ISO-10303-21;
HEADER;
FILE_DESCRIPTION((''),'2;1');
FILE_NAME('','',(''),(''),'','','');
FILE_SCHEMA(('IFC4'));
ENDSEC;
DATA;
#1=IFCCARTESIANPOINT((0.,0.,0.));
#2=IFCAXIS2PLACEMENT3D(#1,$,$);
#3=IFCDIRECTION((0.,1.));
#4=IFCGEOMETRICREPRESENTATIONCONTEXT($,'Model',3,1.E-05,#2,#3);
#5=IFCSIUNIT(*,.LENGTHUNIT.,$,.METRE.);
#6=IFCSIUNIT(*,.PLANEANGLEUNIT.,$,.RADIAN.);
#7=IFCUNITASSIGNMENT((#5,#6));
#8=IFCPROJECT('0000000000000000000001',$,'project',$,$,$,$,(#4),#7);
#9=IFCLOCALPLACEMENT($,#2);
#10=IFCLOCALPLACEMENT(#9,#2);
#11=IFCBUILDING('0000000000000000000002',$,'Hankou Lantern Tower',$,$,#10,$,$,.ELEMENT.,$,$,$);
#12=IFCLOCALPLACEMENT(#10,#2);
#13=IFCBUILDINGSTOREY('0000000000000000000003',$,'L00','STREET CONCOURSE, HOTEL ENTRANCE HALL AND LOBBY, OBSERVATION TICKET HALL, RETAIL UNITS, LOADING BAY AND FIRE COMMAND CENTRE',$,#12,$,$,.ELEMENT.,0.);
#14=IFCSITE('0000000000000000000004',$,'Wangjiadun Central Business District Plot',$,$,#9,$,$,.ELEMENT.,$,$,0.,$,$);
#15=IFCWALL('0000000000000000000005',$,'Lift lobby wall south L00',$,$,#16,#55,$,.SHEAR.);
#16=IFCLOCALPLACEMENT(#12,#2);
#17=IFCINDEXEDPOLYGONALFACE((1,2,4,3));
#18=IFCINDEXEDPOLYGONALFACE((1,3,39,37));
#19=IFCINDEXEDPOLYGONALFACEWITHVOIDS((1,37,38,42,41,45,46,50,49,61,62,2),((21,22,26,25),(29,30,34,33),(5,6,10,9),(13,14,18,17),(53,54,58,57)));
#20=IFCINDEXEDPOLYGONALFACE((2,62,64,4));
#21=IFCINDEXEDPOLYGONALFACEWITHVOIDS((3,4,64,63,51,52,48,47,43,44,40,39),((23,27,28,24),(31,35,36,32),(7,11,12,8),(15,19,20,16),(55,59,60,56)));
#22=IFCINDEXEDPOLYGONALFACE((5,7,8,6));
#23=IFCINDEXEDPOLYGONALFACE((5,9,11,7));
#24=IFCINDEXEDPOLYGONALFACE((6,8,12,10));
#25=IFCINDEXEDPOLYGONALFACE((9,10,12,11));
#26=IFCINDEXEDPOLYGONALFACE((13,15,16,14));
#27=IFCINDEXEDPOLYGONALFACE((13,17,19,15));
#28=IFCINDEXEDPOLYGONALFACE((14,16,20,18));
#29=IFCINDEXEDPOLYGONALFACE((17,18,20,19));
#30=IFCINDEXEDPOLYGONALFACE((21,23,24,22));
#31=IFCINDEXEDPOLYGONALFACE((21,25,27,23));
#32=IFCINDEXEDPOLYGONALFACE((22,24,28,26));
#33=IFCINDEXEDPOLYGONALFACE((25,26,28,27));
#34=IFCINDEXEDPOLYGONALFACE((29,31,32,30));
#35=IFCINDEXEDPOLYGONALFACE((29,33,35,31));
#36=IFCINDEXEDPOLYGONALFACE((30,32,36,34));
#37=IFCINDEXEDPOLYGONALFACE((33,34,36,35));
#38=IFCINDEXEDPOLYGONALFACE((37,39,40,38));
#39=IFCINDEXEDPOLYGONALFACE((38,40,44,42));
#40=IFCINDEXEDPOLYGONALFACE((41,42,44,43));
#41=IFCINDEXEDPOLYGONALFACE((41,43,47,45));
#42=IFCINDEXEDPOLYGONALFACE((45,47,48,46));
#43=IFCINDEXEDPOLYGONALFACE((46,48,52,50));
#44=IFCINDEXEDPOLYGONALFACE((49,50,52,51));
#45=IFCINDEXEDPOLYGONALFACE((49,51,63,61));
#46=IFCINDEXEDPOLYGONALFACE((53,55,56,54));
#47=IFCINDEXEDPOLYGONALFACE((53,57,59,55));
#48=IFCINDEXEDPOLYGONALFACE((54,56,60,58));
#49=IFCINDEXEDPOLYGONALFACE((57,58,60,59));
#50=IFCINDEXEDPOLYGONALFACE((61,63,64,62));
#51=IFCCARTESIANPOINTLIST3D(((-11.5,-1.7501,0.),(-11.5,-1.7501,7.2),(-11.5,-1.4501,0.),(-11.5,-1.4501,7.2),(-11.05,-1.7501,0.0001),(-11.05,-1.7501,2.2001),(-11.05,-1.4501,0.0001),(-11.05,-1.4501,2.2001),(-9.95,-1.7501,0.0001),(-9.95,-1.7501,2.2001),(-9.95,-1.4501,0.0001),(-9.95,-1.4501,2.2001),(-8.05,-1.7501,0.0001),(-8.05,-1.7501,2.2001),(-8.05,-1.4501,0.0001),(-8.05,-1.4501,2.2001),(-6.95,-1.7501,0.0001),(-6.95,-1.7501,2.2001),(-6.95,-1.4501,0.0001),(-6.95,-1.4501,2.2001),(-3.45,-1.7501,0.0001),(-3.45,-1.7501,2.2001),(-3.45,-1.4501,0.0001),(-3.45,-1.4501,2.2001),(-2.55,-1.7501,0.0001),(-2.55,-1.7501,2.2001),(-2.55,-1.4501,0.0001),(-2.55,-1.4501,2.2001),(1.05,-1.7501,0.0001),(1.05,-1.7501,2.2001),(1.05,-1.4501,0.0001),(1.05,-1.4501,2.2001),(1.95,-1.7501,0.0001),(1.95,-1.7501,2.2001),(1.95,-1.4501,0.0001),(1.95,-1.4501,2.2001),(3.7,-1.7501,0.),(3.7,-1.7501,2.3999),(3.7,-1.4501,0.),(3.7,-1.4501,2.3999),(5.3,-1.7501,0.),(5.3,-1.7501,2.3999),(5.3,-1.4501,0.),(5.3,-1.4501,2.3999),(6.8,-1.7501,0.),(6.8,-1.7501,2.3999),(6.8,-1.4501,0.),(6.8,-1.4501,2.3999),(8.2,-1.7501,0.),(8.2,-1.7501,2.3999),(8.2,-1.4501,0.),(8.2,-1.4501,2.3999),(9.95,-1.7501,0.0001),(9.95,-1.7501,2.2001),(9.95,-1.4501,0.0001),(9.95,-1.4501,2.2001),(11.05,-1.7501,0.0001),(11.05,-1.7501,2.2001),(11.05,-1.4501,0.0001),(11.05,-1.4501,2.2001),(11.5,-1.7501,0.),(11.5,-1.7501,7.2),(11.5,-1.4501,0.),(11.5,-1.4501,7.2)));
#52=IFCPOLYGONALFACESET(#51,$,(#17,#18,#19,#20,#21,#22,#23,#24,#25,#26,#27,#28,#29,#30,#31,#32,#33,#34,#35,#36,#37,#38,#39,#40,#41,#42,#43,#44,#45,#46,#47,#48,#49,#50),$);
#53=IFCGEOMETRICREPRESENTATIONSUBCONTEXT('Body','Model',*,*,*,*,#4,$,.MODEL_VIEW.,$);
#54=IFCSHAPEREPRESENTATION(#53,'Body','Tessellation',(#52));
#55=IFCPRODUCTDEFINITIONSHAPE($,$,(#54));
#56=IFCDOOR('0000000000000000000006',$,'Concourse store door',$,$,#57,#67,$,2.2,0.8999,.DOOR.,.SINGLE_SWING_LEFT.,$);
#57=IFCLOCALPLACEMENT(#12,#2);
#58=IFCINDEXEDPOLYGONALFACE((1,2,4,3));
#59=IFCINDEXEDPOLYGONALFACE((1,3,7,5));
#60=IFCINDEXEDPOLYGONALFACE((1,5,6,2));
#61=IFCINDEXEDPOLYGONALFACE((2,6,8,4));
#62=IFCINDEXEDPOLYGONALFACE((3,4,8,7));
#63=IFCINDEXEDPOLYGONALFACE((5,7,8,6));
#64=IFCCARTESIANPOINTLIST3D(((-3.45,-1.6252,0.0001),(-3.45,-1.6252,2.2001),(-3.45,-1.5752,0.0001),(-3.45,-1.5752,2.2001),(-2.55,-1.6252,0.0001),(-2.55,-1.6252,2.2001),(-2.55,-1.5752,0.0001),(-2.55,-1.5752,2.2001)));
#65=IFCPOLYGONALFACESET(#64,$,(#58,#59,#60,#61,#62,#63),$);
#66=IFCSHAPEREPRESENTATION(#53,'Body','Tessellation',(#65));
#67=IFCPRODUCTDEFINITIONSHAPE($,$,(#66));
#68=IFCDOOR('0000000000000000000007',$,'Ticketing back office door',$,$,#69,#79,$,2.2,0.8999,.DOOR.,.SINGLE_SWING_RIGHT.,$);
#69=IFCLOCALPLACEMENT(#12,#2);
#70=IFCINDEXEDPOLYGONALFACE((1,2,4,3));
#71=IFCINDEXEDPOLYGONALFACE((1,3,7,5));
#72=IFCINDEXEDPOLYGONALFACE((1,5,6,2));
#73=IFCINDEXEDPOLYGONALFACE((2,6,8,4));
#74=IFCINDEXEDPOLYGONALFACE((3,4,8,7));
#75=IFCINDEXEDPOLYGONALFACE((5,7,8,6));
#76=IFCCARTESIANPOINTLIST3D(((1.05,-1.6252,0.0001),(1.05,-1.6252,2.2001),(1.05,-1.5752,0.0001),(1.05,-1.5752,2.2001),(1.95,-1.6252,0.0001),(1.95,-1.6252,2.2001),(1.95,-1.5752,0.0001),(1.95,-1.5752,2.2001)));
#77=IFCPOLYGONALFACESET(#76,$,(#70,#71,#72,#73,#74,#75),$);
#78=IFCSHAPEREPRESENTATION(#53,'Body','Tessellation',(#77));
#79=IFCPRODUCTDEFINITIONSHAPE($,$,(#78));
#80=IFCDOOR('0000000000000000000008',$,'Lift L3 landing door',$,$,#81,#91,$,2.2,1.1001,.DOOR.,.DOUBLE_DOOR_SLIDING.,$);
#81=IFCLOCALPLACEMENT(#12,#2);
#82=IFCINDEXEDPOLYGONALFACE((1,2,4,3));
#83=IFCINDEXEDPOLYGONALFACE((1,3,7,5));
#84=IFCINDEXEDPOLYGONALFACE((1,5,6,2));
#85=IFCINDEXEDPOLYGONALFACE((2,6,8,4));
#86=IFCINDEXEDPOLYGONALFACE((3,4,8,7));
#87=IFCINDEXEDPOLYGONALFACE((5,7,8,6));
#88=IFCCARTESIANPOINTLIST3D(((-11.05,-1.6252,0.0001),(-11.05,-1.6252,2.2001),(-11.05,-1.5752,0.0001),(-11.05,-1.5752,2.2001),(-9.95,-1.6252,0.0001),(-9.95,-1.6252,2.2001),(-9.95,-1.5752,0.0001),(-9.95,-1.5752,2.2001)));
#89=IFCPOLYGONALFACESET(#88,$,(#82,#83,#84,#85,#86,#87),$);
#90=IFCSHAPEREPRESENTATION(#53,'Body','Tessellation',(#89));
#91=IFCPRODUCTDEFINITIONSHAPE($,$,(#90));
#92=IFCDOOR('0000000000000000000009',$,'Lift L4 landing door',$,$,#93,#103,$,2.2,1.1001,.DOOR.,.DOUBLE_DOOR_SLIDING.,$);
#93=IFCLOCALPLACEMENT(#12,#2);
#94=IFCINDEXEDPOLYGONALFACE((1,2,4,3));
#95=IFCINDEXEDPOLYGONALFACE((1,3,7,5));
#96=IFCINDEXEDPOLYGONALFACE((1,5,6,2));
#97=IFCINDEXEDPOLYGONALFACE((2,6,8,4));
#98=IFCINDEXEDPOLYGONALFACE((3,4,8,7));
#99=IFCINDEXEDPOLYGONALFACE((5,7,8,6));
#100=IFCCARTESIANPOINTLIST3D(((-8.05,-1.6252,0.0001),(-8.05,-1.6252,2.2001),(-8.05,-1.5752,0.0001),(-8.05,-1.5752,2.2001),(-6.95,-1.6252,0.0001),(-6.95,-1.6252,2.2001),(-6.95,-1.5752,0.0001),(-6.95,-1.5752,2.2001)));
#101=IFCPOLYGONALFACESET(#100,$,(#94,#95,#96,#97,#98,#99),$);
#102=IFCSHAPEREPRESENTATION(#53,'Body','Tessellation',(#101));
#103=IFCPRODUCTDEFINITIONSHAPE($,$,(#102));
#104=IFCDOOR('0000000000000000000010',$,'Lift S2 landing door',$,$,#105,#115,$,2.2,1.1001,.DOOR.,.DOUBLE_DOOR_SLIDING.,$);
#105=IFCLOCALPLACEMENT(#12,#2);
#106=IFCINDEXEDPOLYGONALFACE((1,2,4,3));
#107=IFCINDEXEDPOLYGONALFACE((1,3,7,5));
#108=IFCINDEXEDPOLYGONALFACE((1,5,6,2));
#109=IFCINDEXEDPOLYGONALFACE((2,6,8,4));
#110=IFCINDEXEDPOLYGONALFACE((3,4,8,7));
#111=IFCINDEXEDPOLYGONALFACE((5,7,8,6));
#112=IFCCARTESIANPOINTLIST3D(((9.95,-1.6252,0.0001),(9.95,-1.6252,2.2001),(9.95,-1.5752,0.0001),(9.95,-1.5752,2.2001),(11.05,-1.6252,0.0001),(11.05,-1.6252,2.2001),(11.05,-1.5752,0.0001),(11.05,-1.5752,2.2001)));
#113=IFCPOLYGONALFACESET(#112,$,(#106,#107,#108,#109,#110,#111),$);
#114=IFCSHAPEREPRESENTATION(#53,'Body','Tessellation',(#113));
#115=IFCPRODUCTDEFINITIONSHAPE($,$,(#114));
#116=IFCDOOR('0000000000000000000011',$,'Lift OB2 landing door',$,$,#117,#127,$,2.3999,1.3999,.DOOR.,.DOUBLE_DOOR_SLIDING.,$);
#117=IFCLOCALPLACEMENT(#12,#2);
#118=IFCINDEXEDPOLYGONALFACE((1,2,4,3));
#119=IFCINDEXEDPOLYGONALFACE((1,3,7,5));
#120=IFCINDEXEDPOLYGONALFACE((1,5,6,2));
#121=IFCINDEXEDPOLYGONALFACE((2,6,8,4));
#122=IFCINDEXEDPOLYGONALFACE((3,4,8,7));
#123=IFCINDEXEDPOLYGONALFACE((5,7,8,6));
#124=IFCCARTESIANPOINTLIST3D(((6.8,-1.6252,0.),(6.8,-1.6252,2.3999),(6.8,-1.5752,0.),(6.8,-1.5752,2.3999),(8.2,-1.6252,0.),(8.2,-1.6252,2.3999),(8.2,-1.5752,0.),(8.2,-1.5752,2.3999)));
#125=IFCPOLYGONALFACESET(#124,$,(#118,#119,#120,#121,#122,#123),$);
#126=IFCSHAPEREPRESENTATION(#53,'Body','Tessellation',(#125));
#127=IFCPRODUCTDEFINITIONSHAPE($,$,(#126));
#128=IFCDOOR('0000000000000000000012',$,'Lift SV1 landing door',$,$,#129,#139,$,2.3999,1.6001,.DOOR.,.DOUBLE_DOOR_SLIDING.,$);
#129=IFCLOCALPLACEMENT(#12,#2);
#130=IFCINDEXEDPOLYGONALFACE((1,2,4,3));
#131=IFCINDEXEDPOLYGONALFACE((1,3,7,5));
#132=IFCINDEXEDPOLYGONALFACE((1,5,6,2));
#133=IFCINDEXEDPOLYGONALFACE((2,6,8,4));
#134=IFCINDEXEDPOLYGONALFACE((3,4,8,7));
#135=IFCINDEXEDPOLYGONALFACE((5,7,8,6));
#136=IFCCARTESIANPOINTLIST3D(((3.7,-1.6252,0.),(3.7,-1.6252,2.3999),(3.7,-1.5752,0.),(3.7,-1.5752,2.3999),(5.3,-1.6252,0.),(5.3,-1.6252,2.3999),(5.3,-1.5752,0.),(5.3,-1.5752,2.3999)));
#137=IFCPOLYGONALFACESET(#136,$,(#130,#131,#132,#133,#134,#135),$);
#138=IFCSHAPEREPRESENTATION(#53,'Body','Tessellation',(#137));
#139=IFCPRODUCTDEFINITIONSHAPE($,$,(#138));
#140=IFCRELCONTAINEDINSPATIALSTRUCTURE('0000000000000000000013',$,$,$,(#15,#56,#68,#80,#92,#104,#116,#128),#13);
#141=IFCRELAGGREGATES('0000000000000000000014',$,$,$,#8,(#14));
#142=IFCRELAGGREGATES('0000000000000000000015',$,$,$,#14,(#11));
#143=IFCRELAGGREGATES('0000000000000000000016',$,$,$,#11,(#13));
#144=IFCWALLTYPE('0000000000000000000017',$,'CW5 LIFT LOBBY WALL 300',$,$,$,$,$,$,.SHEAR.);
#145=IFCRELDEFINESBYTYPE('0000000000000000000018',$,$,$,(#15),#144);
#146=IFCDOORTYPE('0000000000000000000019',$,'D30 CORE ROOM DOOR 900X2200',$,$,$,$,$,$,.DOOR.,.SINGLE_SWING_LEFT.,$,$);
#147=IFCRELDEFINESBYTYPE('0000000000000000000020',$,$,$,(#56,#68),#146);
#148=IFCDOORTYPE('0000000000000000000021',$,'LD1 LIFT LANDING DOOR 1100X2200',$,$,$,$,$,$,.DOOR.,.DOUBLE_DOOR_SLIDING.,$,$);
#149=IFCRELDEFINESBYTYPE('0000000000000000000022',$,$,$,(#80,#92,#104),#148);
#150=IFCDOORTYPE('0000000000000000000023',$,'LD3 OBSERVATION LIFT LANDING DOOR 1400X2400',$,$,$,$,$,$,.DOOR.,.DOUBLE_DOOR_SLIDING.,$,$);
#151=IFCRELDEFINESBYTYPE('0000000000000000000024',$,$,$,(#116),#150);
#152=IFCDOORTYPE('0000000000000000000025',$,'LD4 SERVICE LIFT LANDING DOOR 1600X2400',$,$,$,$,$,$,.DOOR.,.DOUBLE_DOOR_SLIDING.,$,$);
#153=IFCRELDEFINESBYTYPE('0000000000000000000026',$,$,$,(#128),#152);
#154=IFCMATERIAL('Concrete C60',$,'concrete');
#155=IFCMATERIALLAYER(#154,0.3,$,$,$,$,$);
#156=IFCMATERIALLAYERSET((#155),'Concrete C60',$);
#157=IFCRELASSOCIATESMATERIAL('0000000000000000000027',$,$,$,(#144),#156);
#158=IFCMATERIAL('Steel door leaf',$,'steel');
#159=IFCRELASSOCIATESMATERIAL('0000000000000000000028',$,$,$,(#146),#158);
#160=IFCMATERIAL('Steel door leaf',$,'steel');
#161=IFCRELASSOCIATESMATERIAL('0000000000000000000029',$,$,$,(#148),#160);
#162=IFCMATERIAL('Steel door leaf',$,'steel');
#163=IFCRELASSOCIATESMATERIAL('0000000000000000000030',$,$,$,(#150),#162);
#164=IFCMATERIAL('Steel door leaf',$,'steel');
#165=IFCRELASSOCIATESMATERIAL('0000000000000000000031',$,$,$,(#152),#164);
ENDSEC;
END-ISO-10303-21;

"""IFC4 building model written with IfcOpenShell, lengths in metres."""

from ifc_helpers import new_model, si_unit, direction, frame, frame_2d, origin, place, context, subcontext, project, spatial, rectangle, extrude, material, layer, layer_set, type_object, element, fill, save


model = new_model("IFC4")

# Units and contexts
model_context = context("Model", 3, precision=1e-05, world=origin(), true_north=direction((0.0, 1.0)))
body_context = subcontext(model_context, "Body", "Model", "MODEL_VIEW")
ifc_project = project(units=[si_unit("LENGTHUNIT", "METRE"), si_unit("PLANEANGLEUNIT", "RADIAN")], contexts=[model_context])

# Site, building, storey
site_placement = place(None, origin())
site = spatial("IfcSite", under=ifc_project, at=site_placement, Name="Wangjiadun Central Business District Plot", CompositionType="ELEMENT", RefElevation=0.0)
building_placement = place(site_placement, origin())
building = spatial("IfcBuilding", under=site, at=building_placement, Name="Hankou Lantern Tower", CompositionType="ELEMENT")
storey_placement = place(building_placement, origin())
storey = spatial("IfcBuildingStorey", under=building, at=storey_placement, Name="L00", Description="STREET CONCOURSE, HOTEL ENTRANCE HALL AND LOBBY, OBSERVATION TICKET HALL, RETAIL UNITS, LOADING BAY AND FIRE COMMAND CENTRE", CompositionType="ELEMENT", Elevation=0.0)

# Wall, openings, doors
ifc_material_1 = material(Name="Concrete C60", Category="concrete")
ifc_layer_1 = layer(ifc_material_1, 0.3)
ifc_layer_set_1 = layer_set([ifc_layer_1], Name="Concrete C60")
wall_type_1 = type_object("IfcWallType", Name="CW5 LIFT LOBBY WALL 300", PredefinedType="SHEAR", material=ifc_layer_set_1)
wall_1_placement = place(storey_placement, frame((-11.5, -1.6001, 0.0), z_axis=(0.0, 0.0, 1.0), x_axis=(1.0, 0.0, 0.0)))
wall_1 = element("IfcWall", 1, at=wall_1_placement, inside=storey, type_object=wall_type_1, Name="Lift lobby wall south L00", PredefinedType="SHEAR", context=body_context, shape_type="SweptSolid", body=[
    extrude(rectangle(XDim=23.0, YDim=0.3, at=frame_2d((11.5, 0.0))), origin(), (0.0, 0.0, 1.0), 7.2),
])
opening_1_placement = place(wall_1_placement, frame((0.45, 0.0, 0.0)))
opening_1 = element("IfcOpeningElement", 2, at=opening_1_placement, cuts=wall_1, PredefinedType="OPENING", context=body_context, shape_type="SweptSolid", body=[
    extrude(rectangle(XDim=1.1001, YDim=2.2, at=frame_2d((0.55, 1.1001))), frame((0.0, 0.1599, 0.0), z_axis=(0.0, -1.0, 0.0), x_axis=(1.0, 0.0, 0.0)), (0.0, 0.0, 1.0), 0.3201),
])
opening_2_placement = place(wall_1_placement, frame((3.45, 0.0, 0.0)))
opening_2 = element("IfcOpeningElement", 3, at=opening_2_placement, cuts=wall_1, PredefinedType="OPENING", context=body_context, shape_type="SweptSolid", body=[
    extrude(rectangle(XDim=1.1001, YDim=2.2, at=frame_2d((0.55, 1.1001))), frame((0.0, 0.1599, 0.0), z_axis=(0.0, -1.0, 0.0), x_axis=(1.0, 0.0, 0.0)), (0.0, 0.0, 1.0), 0.3201),
])
opening_3_placement = place(wall_1_placement, frame((15.2, 0.0, 0.0)))
opening_3 = element("IfcOpeningElement", 4, at=opening_3_placement, cuts=wall_1, PredefinedType="OPENING", context=body_context, shape_type="SweptSolid", body=[
    extrude(rectangle(XDim=1.6001, YDim=2.3999, at=frame_2d((0.8, 1.2))), frame((0.0, 0.1599, 0.0), z_axis=(0.0, -1.0, 0.0), x_axis=(1.0, 0.0, 0.0)), (0.0, 0.0, 1.0), 0.3201),
])
opening_4_placement = place(wall_1_placement, frame((18.3, 0.0, 0.0)))
opening_4 = element("IfcOpeningElement", 5, at=opening_4_placement, cuts=wall_1, PredefinedType="OPENING", context=body_context, shape_type="SweptSolid", body=[
    extrude(rectangle(XDim=1.3999, YDim=2.3999, at=frame_2d((0.7, 1.2))), frame((0.0, 0.1599, 0.0), z_axis=(0.0, -1.0, 0.0), x_axis=(1.0, 0.0, 0.0)), (0.0, 0.0, 1.0), 0.3201),
])
opening_5_placement = place(wall_1_placement, frame((21.45, 0.0, 0.0)))
opening_5 = element("IfcOpeningElement", 6, at=opening_5_placement, cuts=wall_1, PredefinedType="OPENING", context=body_context, shape_type="SweptSolid", body=[
    extrude(rectangle(XDim=1.1001, YDim=2.2, at=frame_2d((0.55, 1.1001))), frame((0.0, 0.1599, 0.0), z_axis=(0.0, -1.0, 0.0), x_axis=(1.0, 0.0, 0.0)), (0.0, 0.0, 1.0), 0.3201),
])
opening_6_placement = place(wall_1_placement, frame((8.05, 0.0, 0.0)))
opening_6 = element("IfcOpeningElement", 7, at=opening_6_placement, cuts=wall_1, PredefinedType="OPENING", context=body_context, shape_type="SweptSolid", body=[
    extrude(rectangle(XDim=0.8999, YDim=2.2, at=frame_2d((0.45, 1.1001))), frame((0.0, 0.1599, 0.0), z_axis=(0.0, -1.0, 0.0), x_axis=(1.0, 0.0, 0.0)), (0.0, 0.0, 1.0), 0.3201),
])
opening_7_placement = place(wall_1_placement, frame((12.55, 0.0, 0.0)))
opening_7 = element("IfcOpeningElement", 8, at=opening_7_placement, cuts=wall_1, PredefinedType="OPENING", context=body_context, shape_type="SweptSolid", body=[
    extrude(rectangle(XDim=0.8999, YDim=2.2, at=frame_2d((0.45, 1.1001))), frame((0.0, 0.1599, 0.0), z_axis=(0.0, -1.0, 0.0), x_axis=(1.0, 0.0, 0.0)), (0.0, 0.0, 1.0), 0.3201),
])
ifc_material_2 = material(Name="Steel door leaf", Category="steel")
door_type_1 = type_object("IfcDoorType", Name="D30 CORE ROOM DOOR 900X2200", OperationType="SINGLE_SWING_LEFT", PredefinedType="DOOR", material=ifc_material_2)
door_1_placement = place(opening_6_placement, origin())
door_1 = element("IfcDoor", 9, at=door_1_placement, inside=storey, type_object=door_type_1, Name="Concourse store door", OperationType="SINGLE_SWING_LEFT", OverallHeight=2.2, OverallWidth=0.8999, PredefinedType="DOOR", context=body_context, shape_type="SweptSolid", body=[
    extrude(rectangle(XDim=0.8999, YDim=2.2, at=frame_2d((0.45, 1.1001))), frame((0.0, 0.0249, 0.0), z_axis=(0.0, -1.0, 0.0), x_axis=(1.0, 0.0, 0.0)), (0.0, 0.0, 1.0), 0.05),
])
fill(opening_6, door_1)
door_2_placement = place(opening_7_placement, origin())
door_2 = element("IfcDoor", 10, at=door_2_placement, inside=storey, type_object=door_type_1, Name="Ticketing back office door", OperationType="SINGLE_SWING_RIGHT", OverallHeight=2.2, OverallWidth=0.8999, PredefinedType="DOOR", context=body_context, shape_type="SweptSolid", body=[
    extrude(rectangle(XDim=0.8999, YDim=2.2, at=frame_2d((0.45, 1.1001))), frame((0.0, 0.0249, 0.0), z_axis=(0.0, -1.0, 0.0), x_axis=(1.0, 0.0, 0.0)), (0.0, 0.0, 1.0), 0.05),
])
fill(opening_7, door_2)
ifc_material_3 = material(Name="Steel door leaf", Category="steel")
door_type_2 = type_object("IfcDoorType", Name="LD1 LIFT LANDING DOOR 1100X2200", OperationType="DOUBLE_DOOR_SLIDING", PredefinedType="DOOR", material=ifc_material_3)
door_3_placement = place(opening_1_placement, origin())
door_3 = element("IfcDoor", 11, at=door_3_placement, inside=storey, type_object=door_type_2, Name="Lift L3 landing door", OperationType="DOUBLE_DOOR_SLIDING", OverallHeight=2.2, OverallWidth=1.1001, PredefinedType="DOOR", context=body_context, shape_type="SweptSolid", body=[
    extrude(rectangle(XDim=1.1001, YDim=2.2, at=frame_2d((0.55, 1.1001))), frame((0.0, 0.0249, 0.0), z_axis=(0.0, -1.0, 0.0), x_axis=(1.0, 0.0, 0.0)), (0.0, 0.0, 1.0), 0.05),
])
fill(opening_1, door_3)
door_4_placement = place(opening_2_placement, origin())
door_4 = element("IfcDoor", 12, at=door_4_placement, inside=storey, type_object=door_type_2, Name="Lift L4 landing door", OperationType="DOUBLE_DOOR_SLIDING", OverallHeight=2.2, OverallWidth=1.1001, PredefinedType="DOOR", context=body_context, shape_type="SweptSolid", body=[
    extrude(rectangle(XDim=1.1001, YDim=2.2, at=frame_2d((0.55, 1.1001))), frame((0.0, 0.0249, 0.0), z_axis=(0.0, -1.0, 0.0), x_axis=(1.0, 0.0, 0.0)), (0.0, 0.0, 1.0), 0.05),
])
fill(opening_2, door_4)
door_5_placement = place(opening_5_placement, origin())
door_5 = element("IfcDoor", 13, at=door_5_placement, inside=storey, type_object=door_type_2, Name="Lift S2 landing door", OperationType="DOUBLE_DOOR_SLIDING", OverallHeight=2.2, OverallWidth=1.1001, PredefinedType="DOOR", context=body_context, shape_type="SweptSolid", body=[
    extrude(rectangle(XDim=1.1001, YDim=2.2, at=frame_2d((0.55, 1.1001))), frame((0.0, 0.0249, 0.0), z_axis=(0.0, -1.0, 0.0), x_axis=(1.0, 0.0, 0.0)), (0.0, 0.0, 1.0), 0.05),
])
fill(opening_5, door_5)
ifc_material_4 = material(Name="Steel door leaf", Category="steel")
door_type_3 = type_object("IfcDoorType", Name="LD3 OBSERVATION LIFT LANDING DOOR 1400X2400", OperationType="DOUBLE_DOOR_SLIDING", PredefinedType="DOOR", material=ifc_material_4)
door_6_placement = place(opening_4_placement, origin())
door_6 = element("IfcDoor", 14, at=door_6_placement, inside=storey, type_object=door_type_3, Name="Lift OB2 landing door", OperationType="DOUBLE_DOOR_SLIDING", OverallHeight=2.3999, OverallWidth=1.3999, PredefinedType="DOOR", context=body_context, shape_type="SweptSolid", body=[
    extrude(rectangle(XDim=1.3999, YDim=2.3999, at=frame_2d((0.7, 1.2))), frame((0.0, 0.0249, 0.0), z_axis=(0.0, -1.0, 0.0), x_axis=(1.0, 0.0, 0.0)), (0.0, 0.0, 1.0), 0.05),
])
fill(opening_4, door_6)
ifc_material_5 = material(Name="Steel door leaf", Category="steel")
door_type_4 = type_object("IfcDoorType", Name="LD4 SERVICE LIFT LANDING DOOR 1600X2400", OperationType="DOUBLE_DOOR_SLIDING", PredefinedType="DOOR", material=ifc_material_5)
door_7_placement = place(opening_3_placement, origin())
door_7 = element("IfcDoor", 15, at=door_7_placement, inside=storey, type_object=door_type_4, Name="Lift SV1 landing door", OperationType="DOUBLE_DOOR_SLIDING", OverallHeight=2.3999, OverallWidth=1.6001, PredefinedType="DOOR", context=body_context, shape_type="SweptSolid", body=[
    extrude(rectangle(XDim=1.6001, YDim=2.3999, at=frame_2d((0.8, 1.2))), frame((0.0, 0.0249, 0.0), z_axis=(0.0, -1.0, 0.0), x_axis=(1.0, 0.0, 0.0)), (0.0, 0.0, 1.0), 0.05),
])
fill(opening_3, door_7)

save(model, "model.ifc")
